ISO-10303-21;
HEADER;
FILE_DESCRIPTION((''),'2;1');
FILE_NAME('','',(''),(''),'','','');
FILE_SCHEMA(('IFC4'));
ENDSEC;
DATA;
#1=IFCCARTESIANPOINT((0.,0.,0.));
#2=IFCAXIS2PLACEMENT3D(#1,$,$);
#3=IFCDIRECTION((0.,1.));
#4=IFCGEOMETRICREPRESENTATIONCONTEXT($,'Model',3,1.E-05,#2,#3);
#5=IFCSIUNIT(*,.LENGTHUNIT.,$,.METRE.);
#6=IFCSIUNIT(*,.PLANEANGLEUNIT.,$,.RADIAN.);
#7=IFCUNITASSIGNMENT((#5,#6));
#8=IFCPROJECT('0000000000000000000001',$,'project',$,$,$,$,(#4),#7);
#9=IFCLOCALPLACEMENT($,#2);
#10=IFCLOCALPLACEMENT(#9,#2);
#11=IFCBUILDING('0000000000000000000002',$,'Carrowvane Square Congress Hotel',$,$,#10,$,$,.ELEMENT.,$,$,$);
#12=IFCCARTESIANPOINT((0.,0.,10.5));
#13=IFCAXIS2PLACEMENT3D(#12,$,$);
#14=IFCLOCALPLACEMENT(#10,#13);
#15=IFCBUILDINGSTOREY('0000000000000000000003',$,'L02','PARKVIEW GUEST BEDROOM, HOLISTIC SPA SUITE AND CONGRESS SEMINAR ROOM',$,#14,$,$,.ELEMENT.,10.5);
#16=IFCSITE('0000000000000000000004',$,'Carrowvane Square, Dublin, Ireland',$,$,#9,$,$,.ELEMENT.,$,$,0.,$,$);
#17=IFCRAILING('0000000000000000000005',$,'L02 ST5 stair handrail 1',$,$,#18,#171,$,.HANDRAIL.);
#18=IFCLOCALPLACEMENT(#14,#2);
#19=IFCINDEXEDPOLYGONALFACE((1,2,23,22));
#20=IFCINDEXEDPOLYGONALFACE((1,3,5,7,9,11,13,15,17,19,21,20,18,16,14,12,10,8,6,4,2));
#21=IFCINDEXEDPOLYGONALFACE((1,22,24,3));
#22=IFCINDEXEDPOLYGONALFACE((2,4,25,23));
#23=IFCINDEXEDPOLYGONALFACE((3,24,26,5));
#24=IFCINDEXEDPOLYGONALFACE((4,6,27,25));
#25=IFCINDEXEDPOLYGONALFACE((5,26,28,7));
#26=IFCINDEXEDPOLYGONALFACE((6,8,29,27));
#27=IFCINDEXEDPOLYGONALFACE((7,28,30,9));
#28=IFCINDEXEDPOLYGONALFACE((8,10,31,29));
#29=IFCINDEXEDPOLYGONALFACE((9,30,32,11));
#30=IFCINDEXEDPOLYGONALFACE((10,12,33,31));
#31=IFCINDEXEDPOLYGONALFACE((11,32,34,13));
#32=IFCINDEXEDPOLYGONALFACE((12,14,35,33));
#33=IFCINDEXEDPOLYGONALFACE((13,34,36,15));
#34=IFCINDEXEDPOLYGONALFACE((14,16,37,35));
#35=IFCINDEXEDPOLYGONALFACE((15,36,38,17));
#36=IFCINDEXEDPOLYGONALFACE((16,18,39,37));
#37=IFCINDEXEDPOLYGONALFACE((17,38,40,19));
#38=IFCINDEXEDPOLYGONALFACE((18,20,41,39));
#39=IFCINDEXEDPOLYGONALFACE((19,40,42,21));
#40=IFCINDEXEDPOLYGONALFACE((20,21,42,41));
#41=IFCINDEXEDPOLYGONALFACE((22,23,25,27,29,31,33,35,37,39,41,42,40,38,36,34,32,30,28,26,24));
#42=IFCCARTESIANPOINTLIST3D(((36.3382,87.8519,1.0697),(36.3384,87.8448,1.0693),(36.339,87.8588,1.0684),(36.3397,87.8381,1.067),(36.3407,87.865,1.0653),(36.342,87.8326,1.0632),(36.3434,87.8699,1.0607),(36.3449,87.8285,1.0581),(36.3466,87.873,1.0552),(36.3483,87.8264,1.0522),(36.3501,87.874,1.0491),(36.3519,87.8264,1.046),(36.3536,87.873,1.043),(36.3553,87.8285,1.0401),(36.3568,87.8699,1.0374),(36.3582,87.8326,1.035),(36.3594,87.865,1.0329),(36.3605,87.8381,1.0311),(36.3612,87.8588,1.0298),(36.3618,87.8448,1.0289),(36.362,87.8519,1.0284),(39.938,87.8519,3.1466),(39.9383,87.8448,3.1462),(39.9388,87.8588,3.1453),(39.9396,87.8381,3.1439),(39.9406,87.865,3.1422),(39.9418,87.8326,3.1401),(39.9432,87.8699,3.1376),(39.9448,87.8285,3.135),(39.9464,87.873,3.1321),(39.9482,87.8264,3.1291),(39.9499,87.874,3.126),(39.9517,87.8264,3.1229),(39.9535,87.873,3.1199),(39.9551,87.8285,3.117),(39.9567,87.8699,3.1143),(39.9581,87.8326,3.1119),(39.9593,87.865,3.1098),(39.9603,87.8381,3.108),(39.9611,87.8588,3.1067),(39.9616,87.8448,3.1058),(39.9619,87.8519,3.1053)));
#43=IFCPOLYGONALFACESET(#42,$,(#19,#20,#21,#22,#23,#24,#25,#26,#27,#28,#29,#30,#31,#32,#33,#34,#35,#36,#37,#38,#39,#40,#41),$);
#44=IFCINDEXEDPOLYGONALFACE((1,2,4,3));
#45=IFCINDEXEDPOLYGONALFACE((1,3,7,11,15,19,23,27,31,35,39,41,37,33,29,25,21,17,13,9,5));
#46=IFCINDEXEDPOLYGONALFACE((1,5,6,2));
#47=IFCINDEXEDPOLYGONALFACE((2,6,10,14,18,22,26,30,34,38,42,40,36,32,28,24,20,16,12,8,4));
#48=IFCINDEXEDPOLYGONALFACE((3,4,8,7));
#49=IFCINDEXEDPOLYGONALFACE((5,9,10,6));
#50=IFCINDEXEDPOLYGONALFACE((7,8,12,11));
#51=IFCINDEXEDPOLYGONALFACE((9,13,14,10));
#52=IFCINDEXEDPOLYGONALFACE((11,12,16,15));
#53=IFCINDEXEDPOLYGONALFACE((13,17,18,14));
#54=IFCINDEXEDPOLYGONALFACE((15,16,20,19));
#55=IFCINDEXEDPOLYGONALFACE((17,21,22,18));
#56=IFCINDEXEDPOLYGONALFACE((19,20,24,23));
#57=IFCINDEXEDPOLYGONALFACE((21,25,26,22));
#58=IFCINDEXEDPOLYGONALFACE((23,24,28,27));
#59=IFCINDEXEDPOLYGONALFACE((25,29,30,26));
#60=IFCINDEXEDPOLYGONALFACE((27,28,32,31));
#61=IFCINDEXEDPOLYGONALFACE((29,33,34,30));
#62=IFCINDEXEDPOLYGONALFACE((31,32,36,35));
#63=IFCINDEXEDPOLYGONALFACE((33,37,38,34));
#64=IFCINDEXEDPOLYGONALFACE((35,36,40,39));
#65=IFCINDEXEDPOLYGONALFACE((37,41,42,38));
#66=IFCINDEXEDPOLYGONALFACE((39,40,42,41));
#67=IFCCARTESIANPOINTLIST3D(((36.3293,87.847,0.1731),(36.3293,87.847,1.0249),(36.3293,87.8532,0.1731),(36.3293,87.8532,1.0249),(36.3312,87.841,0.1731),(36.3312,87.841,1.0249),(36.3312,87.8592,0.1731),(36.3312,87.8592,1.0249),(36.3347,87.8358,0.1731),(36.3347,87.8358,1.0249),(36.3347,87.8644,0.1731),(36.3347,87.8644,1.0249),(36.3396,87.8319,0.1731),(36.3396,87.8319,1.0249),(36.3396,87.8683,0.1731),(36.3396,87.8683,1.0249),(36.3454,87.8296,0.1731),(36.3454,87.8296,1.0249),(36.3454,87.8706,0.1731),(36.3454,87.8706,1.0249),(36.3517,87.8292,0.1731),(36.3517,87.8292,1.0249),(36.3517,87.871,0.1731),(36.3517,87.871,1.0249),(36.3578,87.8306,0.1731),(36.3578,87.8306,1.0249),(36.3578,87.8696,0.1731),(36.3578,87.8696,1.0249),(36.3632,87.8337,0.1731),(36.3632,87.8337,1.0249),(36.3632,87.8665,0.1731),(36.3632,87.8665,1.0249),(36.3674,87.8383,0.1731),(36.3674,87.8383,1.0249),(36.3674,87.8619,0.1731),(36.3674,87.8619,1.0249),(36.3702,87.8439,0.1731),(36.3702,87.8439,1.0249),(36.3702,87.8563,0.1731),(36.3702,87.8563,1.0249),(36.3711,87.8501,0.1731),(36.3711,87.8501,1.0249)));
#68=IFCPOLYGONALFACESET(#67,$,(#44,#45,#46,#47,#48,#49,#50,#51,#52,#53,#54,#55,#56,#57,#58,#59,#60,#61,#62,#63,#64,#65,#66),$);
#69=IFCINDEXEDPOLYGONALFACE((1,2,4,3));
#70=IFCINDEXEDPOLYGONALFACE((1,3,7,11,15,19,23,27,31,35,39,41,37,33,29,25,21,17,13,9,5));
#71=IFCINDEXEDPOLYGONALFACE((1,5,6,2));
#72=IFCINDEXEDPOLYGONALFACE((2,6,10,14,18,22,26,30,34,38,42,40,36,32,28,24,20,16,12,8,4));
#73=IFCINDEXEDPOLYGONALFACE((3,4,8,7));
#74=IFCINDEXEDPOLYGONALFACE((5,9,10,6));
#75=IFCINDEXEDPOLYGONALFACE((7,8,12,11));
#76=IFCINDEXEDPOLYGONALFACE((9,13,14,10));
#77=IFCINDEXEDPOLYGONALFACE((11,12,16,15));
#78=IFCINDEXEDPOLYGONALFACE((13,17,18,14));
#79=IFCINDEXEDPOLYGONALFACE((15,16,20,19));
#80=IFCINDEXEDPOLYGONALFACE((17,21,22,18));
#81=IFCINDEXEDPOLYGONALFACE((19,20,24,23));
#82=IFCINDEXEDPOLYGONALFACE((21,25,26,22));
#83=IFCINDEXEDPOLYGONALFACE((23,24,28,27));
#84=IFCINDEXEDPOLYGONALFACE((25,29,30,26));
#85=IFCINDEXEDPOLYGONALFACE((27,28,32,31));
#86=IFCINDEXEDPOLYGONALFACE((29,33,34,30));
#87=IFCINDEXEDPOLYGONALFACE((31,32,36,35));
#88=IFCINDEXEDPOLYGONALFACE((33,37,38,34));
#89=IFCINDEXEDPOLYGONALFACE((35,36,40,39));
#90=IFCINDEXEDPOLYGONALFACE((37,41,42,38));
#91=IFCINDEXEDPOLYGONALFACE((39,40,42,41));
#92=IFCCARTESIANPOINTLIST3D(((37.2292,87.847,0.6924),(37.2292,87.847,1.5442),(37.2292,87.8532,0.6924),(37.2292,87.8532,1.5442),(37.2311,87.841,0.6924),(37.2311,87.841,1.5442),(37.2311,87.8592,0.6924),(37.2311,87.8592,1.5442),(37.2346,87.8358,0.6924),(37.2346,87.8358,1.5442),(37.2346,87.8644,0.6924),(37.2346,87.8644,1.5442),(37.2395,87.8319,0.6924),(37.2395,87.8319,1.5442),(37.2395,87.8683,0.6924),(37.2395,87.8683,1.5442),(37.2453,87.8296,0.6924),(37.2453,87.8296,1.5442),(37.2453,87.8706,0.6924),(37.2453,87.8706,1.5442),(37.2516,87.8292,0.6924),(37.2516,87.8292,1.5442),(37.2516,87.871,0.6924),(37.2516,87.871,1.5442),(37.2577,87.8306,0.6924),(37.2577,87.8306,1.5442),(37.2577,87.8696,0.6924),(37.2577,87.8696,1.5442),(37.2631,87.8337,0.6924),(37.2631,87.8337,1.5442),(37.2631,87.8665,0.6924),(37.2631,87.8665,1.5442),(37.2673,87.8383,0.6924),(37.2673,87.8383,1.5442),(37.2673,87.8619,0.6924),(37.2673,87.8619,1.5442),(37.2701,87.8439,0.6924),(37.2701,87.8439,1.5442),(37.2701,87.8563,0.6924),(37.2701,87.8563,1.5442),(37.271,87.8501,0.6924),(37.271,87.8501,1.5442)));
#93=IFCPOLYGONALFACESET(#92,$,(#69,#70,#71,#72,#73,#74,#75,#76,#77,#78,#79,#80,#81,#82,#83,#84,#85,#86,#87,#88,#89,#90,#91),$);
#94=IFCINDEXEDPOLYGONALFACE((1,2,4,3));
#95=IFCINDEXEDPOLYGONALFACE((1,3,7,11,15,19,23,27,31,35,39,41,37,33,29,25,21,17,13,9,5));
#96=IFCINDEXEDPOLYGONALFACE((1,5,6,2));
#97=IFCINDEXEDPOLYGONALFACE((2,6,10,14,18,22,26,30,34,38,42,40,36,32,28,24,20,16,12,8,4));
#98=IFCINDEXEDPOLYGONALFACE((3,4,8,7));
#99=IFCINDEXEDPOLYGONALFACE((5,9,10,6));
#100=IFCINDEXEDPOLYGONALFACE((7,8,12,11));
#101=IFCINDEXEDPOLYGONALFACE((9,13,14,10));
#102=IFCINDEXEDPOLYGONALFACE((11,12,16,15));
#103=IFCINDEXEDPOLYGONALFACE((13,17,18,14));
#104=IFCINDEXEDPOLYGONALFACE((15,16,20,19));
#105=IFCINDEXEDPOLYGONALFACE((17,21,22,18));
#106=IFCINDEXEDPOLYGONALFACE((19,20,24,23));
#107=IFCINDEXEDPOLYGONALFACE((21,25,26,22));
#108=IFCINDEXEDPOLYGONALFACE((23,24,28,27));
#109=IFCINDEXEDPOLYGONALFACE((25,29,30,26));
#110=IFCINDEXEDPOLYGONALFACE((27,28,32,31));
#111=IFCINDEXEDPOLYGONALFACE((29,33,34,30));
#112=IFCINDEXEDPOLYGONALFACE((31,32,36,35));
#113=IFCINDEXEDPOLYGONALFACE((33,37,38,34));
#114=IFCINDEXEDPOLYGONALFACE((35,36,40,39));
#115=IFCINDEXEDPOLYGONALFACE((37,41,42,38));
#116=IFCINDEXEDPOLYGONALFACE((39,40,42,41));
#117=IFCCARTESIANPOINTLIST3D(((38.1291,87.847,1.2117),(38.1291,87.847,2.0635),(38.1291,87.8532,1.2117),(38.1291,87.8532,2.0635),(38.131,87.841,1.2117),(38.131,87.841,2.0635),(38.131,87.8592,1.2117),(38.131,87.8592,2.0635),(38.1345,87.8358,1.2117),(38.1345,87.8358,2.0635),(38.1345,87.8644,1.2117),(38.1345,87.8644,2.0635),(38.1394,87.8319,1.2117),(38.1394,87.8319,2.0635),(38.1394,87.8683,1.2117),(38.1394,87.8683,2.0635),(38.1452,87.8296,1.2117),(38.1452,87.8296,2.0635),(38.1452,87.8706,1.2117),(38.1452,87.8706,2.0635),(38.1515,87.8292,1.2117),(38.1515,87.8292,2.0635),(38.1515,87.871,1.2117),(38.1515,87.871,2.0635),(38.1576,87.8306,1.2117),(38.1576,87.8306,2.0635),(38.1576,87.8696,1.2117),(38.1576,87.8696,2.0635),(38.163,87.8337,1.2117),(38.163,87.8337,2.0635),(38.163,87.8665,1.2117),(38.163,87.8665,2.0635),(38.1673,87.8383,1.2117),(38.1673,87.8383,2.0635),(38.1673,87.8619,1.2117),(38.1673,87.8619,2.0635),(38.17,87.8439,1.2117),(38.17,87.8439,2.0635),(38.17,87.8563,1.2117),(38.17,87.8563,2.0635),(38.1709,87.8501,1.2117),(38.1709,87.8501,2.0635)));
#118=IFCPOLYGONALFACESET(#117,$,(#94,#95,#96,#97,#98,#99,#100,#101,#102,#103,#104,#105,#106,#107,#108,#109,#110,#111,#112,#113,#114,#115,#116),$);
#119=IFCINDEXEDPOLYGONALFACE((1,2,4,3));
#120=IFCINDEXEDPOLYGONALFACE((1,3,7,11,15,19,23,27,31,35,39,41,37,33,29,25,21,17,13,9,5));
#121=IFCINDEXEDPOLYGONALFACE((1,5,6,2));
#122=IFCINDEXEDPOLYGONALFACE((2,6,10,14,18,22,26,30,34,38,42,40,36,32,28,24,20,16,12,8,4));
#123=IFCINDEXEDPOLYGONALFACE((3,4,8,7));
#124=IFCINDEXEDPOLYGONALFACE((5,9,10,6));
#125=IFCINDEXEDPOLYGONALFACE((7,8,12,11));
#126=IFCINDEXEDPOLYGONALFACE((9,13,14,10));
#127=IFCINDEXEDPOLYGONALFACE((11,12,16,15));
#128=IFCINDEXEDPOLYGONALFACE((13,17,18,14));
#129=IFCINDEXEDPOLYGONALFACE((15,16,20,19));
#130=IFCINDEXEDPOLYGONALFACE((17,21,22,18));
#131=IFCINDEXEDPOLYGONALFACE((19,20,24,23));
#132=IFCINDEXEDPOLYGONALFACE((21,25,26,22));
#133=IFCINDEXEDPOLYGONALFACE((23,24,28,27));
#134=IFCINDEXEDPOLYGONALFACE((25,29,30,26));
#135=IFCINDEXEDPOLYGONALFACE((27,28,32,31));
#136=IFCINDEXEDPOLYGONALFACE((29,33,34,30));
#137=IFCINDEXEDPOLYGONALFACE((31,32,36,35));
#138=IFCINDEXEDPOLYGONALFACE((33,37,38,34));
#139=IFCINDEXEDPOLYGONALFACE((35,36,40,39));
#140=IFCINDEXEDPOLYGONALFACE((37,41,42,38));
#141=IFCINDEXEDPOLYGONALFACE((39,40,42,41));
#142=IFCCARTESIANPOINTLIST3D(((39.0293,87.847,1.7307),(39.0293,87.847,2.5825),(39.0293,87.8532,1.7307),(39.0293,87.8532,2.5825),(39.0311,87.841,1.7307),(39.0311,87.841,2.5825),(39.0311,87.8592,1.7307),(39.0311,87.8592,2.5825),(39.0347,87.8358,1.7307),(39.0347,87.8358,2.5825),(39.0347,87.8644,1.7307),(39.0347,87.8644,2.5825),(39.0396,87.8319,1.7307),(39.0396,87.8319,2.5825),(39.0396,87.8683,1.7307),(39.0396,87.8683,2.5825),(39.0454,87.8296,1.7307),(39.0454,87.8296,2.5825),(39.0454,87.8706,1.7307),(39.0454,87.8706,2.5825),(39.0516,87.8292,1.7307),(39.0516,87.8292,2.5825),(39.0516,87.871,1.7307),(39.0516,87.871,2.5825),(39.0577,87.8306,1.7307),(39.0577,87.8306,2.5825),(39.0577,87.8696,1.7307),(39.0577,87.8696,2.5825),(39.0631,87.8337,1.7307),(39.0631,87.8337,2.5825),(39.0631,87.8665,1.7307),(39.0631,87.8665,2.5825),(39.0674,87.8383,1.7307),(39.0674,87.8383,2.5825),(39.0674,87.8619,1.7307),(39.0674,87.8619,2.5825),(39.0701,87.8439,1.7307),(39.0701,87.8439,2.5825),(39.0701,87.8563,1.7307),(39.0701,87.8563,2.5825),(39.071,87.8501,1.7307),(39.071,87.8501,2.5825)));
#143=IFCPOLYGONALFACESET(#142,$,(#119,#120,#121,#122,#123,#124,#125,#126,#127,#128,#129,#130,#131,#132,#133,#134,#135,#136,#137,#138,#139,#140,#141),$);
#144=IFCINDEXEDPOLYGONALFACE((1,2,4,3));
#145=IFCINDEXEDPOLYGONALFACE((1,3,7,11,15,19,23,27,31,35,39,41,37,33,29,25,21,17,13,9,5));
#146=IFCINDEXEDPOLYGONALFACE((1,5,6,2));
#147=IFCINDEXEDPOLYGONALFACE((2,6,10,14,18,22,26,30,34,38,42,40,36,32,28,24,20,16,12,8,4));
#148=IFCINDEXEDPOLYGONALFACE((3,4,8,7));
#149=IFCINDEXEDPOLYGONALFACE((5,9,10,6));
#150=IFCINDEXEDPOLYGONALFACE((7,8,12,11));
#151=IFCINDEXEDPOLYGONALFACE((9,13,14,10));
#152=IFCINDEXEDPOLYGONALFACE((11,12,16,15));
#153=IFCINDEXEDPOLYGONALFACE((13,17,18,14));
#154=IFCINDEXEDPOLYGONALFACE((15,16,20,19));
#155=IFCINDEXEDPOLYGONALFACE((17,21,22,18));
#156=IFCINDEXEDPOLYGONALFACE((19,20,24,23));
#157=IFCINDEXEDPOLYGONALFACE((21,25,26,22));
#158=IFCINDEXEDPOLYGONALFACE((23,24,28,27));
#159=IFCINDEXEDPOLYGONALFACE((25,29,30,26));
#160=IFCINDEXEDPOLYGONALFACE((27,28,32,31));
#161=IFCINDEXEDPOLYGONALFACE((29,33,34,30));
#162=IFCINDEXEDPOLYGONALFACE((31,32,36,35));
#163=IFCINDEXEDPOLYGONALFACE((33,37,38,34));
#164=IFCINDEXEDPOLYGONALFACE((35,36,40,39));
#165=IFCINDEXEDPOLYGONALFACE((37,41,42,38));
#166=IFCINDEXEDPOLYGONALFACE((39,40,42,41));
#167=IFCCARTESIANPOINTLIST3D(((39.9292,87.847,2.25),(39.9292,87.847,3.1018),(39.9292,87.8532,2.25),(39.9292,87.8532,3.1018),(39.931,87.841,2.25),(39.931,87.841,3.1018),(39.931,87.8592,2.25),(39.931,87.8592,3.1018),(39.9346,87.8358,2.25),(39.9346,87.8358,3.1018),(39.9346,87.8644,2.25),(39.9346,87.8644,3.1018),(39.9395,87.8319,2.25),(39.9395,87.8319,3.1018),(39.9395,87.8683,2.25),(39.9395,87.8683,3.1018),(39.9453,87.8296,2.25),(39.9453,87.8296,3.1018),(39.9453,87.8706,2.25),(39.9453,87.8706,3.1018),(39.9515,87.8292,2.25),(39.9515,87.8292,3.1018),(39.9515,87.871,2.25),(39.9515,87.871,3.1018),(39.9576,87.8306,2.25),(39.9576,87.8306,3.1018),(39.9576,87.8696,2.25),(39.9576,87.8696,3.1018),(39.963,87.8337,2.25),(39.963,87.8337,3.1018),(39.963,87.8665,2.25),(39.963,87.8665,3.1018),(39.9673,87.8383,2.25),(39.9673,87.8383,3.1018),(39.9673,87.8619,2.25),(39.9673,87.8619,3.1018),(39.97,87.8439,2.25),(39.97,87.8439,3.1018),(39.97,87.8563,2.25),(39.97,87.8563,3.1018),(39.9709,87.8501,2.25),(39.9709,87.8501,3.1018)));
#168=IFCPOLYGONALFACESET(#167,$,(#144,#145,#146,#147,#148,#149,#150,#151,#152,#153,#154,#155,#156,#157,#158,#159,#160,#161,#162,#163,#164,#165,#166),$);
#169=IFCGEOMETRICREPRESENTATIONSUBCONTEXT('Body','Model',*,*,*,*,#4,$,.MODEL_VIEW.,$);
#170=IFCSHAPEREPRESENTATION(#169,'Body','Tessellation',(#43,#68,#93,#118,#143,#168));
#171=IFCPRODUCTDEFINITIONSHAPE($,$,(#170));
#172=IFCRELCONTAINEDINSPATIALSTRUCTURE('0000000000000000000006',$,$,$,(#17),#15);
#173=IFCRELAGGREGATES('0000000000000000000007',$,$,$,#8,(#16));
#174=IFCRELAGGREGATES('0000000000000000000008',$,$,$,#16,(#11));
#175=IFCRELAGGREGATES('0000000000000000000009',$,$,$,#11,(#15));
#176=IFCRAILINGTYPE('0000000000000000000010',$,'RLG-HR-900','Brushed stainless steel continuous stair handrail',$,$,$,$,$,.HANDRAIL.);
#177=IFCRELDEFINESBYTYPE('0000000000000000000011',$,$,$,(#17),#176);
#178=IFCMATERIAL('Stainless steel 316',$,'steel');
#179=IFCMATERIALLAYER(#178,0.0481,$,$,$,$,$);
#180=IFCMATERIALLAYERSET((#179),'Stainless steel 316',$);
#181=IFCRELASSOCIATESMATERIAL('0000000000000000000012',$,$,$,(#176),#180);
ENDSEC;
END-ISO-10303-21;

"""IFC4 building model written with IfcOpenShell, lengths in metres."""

from ifc_helpers import new_model, si_unit, direction, frame, origin, origin_2d, place, context, subcontext, project, spatial, circle, extrude, material, layer, layer_set, type_object, element, save


model = new_model("IFC4")

# Units and contexts
model_context = context("Model", 3, precision=1e-05, world=origin(), true_north=direction((0.0, 1.0)))
body_context = subcontext(model_context, "Body", "Model", "MODEL_VIEW")
ifc_project = project(units=[si_unit("LENGTHUNIT", "METRE"), si_unit("PLANEANGLEUNIT", "RADIAN")], contexts=[model_context])

# Site, building, storey
site_placement = place(None, origin())
site = spatial("IfcSite", under=ifc_project, at=site_placement, Name="Carrowvane Square, Dublin, Ireland", CompositionType="ELEMENT", RefElevation=0.0)
building_placement = place(site_placement, origin())
building = spatial("IfcBuilding", under=site, at=building_placement, Name="Carrowvane Square Congress Hotel", CompositionType="ELEMENT")
storey_placement = place(building_placement, frame((0.0, 0.0, 10.5)))
storey = spatial("IfcBuildingStorey", under=building, at=storey_placement, Name="L02", Description="PARKVIEW GUEST BEDROOM, HOLISTIC SPA SUITE AND CONGRESS SEMINAR ROOM", CompositionType="ELEMENT", Elevation=10.5)

# Railing
ifc_material_1 = material(Name="Stainless steel 316", Category="steel")
ifc_layer_1 = layer(ifc_material_1, 0.0481)
ifc_layer_set_1 = layer_set([ifc_layer_1], Name="Stainless steel 316")
railing_type_1 = type_object("IfcRailingType", Name="RLG-HR-900", Description="Brushed stainless steel continuous stair handrail", PredefinedType="HANDRAIL", material=ifc_layer_set_1)
railing_1_placement = place(storey_placement, frame((36.3501, 87.8501, 0.1731)))
element("IfcRailing", 1, at=railing_1_placement, inside=storey, type_object=railing_type_1, Name="L02 ST5 stair handrail 1", PredefinedType="HANDRAIL", context=body_context, shape_type="SweptSolid", body=[
    extrude(circle(Radius=0.0239, at=origin_2d()), frame((0.0, 0.0, 0.876), z_axis=(0.866179, 0.0, 0.499734), x_axis=(0.0, 1.0, 0.0)), (0.0, 0.0, 1.0), 4.156),
    extrude(circle(Radius=0.021, at=origin_2d()), origin(), (0.0, 0.0, 1.0), 0.8518),
    extrude(circle(Radius=0.021, at=origin_2d()), frame((0.8999, 0.0, 0.5193)), (0.0, 0.0, 1.0), 0.8518),
    extrude(circle(Radius=0.021, at=origin_2d()), frame((1.7998, 0.0, 1.0386)), (0.0, 0.0, 1.0), 0.8518),
    extrude(circle(Radius=0.021, at=origin_2d()), frame((2.7, 0.0, 1.5576)), (0.0, 0.0, 1.0), 0.8518),
    extrude(circle(Radius=0.021, at=origin_2d()), frame((3.5999, 0.0, 2.0769)), (0.0, 0.0, 1.0), 0.8518),
])

save(model, "model.ifc")
